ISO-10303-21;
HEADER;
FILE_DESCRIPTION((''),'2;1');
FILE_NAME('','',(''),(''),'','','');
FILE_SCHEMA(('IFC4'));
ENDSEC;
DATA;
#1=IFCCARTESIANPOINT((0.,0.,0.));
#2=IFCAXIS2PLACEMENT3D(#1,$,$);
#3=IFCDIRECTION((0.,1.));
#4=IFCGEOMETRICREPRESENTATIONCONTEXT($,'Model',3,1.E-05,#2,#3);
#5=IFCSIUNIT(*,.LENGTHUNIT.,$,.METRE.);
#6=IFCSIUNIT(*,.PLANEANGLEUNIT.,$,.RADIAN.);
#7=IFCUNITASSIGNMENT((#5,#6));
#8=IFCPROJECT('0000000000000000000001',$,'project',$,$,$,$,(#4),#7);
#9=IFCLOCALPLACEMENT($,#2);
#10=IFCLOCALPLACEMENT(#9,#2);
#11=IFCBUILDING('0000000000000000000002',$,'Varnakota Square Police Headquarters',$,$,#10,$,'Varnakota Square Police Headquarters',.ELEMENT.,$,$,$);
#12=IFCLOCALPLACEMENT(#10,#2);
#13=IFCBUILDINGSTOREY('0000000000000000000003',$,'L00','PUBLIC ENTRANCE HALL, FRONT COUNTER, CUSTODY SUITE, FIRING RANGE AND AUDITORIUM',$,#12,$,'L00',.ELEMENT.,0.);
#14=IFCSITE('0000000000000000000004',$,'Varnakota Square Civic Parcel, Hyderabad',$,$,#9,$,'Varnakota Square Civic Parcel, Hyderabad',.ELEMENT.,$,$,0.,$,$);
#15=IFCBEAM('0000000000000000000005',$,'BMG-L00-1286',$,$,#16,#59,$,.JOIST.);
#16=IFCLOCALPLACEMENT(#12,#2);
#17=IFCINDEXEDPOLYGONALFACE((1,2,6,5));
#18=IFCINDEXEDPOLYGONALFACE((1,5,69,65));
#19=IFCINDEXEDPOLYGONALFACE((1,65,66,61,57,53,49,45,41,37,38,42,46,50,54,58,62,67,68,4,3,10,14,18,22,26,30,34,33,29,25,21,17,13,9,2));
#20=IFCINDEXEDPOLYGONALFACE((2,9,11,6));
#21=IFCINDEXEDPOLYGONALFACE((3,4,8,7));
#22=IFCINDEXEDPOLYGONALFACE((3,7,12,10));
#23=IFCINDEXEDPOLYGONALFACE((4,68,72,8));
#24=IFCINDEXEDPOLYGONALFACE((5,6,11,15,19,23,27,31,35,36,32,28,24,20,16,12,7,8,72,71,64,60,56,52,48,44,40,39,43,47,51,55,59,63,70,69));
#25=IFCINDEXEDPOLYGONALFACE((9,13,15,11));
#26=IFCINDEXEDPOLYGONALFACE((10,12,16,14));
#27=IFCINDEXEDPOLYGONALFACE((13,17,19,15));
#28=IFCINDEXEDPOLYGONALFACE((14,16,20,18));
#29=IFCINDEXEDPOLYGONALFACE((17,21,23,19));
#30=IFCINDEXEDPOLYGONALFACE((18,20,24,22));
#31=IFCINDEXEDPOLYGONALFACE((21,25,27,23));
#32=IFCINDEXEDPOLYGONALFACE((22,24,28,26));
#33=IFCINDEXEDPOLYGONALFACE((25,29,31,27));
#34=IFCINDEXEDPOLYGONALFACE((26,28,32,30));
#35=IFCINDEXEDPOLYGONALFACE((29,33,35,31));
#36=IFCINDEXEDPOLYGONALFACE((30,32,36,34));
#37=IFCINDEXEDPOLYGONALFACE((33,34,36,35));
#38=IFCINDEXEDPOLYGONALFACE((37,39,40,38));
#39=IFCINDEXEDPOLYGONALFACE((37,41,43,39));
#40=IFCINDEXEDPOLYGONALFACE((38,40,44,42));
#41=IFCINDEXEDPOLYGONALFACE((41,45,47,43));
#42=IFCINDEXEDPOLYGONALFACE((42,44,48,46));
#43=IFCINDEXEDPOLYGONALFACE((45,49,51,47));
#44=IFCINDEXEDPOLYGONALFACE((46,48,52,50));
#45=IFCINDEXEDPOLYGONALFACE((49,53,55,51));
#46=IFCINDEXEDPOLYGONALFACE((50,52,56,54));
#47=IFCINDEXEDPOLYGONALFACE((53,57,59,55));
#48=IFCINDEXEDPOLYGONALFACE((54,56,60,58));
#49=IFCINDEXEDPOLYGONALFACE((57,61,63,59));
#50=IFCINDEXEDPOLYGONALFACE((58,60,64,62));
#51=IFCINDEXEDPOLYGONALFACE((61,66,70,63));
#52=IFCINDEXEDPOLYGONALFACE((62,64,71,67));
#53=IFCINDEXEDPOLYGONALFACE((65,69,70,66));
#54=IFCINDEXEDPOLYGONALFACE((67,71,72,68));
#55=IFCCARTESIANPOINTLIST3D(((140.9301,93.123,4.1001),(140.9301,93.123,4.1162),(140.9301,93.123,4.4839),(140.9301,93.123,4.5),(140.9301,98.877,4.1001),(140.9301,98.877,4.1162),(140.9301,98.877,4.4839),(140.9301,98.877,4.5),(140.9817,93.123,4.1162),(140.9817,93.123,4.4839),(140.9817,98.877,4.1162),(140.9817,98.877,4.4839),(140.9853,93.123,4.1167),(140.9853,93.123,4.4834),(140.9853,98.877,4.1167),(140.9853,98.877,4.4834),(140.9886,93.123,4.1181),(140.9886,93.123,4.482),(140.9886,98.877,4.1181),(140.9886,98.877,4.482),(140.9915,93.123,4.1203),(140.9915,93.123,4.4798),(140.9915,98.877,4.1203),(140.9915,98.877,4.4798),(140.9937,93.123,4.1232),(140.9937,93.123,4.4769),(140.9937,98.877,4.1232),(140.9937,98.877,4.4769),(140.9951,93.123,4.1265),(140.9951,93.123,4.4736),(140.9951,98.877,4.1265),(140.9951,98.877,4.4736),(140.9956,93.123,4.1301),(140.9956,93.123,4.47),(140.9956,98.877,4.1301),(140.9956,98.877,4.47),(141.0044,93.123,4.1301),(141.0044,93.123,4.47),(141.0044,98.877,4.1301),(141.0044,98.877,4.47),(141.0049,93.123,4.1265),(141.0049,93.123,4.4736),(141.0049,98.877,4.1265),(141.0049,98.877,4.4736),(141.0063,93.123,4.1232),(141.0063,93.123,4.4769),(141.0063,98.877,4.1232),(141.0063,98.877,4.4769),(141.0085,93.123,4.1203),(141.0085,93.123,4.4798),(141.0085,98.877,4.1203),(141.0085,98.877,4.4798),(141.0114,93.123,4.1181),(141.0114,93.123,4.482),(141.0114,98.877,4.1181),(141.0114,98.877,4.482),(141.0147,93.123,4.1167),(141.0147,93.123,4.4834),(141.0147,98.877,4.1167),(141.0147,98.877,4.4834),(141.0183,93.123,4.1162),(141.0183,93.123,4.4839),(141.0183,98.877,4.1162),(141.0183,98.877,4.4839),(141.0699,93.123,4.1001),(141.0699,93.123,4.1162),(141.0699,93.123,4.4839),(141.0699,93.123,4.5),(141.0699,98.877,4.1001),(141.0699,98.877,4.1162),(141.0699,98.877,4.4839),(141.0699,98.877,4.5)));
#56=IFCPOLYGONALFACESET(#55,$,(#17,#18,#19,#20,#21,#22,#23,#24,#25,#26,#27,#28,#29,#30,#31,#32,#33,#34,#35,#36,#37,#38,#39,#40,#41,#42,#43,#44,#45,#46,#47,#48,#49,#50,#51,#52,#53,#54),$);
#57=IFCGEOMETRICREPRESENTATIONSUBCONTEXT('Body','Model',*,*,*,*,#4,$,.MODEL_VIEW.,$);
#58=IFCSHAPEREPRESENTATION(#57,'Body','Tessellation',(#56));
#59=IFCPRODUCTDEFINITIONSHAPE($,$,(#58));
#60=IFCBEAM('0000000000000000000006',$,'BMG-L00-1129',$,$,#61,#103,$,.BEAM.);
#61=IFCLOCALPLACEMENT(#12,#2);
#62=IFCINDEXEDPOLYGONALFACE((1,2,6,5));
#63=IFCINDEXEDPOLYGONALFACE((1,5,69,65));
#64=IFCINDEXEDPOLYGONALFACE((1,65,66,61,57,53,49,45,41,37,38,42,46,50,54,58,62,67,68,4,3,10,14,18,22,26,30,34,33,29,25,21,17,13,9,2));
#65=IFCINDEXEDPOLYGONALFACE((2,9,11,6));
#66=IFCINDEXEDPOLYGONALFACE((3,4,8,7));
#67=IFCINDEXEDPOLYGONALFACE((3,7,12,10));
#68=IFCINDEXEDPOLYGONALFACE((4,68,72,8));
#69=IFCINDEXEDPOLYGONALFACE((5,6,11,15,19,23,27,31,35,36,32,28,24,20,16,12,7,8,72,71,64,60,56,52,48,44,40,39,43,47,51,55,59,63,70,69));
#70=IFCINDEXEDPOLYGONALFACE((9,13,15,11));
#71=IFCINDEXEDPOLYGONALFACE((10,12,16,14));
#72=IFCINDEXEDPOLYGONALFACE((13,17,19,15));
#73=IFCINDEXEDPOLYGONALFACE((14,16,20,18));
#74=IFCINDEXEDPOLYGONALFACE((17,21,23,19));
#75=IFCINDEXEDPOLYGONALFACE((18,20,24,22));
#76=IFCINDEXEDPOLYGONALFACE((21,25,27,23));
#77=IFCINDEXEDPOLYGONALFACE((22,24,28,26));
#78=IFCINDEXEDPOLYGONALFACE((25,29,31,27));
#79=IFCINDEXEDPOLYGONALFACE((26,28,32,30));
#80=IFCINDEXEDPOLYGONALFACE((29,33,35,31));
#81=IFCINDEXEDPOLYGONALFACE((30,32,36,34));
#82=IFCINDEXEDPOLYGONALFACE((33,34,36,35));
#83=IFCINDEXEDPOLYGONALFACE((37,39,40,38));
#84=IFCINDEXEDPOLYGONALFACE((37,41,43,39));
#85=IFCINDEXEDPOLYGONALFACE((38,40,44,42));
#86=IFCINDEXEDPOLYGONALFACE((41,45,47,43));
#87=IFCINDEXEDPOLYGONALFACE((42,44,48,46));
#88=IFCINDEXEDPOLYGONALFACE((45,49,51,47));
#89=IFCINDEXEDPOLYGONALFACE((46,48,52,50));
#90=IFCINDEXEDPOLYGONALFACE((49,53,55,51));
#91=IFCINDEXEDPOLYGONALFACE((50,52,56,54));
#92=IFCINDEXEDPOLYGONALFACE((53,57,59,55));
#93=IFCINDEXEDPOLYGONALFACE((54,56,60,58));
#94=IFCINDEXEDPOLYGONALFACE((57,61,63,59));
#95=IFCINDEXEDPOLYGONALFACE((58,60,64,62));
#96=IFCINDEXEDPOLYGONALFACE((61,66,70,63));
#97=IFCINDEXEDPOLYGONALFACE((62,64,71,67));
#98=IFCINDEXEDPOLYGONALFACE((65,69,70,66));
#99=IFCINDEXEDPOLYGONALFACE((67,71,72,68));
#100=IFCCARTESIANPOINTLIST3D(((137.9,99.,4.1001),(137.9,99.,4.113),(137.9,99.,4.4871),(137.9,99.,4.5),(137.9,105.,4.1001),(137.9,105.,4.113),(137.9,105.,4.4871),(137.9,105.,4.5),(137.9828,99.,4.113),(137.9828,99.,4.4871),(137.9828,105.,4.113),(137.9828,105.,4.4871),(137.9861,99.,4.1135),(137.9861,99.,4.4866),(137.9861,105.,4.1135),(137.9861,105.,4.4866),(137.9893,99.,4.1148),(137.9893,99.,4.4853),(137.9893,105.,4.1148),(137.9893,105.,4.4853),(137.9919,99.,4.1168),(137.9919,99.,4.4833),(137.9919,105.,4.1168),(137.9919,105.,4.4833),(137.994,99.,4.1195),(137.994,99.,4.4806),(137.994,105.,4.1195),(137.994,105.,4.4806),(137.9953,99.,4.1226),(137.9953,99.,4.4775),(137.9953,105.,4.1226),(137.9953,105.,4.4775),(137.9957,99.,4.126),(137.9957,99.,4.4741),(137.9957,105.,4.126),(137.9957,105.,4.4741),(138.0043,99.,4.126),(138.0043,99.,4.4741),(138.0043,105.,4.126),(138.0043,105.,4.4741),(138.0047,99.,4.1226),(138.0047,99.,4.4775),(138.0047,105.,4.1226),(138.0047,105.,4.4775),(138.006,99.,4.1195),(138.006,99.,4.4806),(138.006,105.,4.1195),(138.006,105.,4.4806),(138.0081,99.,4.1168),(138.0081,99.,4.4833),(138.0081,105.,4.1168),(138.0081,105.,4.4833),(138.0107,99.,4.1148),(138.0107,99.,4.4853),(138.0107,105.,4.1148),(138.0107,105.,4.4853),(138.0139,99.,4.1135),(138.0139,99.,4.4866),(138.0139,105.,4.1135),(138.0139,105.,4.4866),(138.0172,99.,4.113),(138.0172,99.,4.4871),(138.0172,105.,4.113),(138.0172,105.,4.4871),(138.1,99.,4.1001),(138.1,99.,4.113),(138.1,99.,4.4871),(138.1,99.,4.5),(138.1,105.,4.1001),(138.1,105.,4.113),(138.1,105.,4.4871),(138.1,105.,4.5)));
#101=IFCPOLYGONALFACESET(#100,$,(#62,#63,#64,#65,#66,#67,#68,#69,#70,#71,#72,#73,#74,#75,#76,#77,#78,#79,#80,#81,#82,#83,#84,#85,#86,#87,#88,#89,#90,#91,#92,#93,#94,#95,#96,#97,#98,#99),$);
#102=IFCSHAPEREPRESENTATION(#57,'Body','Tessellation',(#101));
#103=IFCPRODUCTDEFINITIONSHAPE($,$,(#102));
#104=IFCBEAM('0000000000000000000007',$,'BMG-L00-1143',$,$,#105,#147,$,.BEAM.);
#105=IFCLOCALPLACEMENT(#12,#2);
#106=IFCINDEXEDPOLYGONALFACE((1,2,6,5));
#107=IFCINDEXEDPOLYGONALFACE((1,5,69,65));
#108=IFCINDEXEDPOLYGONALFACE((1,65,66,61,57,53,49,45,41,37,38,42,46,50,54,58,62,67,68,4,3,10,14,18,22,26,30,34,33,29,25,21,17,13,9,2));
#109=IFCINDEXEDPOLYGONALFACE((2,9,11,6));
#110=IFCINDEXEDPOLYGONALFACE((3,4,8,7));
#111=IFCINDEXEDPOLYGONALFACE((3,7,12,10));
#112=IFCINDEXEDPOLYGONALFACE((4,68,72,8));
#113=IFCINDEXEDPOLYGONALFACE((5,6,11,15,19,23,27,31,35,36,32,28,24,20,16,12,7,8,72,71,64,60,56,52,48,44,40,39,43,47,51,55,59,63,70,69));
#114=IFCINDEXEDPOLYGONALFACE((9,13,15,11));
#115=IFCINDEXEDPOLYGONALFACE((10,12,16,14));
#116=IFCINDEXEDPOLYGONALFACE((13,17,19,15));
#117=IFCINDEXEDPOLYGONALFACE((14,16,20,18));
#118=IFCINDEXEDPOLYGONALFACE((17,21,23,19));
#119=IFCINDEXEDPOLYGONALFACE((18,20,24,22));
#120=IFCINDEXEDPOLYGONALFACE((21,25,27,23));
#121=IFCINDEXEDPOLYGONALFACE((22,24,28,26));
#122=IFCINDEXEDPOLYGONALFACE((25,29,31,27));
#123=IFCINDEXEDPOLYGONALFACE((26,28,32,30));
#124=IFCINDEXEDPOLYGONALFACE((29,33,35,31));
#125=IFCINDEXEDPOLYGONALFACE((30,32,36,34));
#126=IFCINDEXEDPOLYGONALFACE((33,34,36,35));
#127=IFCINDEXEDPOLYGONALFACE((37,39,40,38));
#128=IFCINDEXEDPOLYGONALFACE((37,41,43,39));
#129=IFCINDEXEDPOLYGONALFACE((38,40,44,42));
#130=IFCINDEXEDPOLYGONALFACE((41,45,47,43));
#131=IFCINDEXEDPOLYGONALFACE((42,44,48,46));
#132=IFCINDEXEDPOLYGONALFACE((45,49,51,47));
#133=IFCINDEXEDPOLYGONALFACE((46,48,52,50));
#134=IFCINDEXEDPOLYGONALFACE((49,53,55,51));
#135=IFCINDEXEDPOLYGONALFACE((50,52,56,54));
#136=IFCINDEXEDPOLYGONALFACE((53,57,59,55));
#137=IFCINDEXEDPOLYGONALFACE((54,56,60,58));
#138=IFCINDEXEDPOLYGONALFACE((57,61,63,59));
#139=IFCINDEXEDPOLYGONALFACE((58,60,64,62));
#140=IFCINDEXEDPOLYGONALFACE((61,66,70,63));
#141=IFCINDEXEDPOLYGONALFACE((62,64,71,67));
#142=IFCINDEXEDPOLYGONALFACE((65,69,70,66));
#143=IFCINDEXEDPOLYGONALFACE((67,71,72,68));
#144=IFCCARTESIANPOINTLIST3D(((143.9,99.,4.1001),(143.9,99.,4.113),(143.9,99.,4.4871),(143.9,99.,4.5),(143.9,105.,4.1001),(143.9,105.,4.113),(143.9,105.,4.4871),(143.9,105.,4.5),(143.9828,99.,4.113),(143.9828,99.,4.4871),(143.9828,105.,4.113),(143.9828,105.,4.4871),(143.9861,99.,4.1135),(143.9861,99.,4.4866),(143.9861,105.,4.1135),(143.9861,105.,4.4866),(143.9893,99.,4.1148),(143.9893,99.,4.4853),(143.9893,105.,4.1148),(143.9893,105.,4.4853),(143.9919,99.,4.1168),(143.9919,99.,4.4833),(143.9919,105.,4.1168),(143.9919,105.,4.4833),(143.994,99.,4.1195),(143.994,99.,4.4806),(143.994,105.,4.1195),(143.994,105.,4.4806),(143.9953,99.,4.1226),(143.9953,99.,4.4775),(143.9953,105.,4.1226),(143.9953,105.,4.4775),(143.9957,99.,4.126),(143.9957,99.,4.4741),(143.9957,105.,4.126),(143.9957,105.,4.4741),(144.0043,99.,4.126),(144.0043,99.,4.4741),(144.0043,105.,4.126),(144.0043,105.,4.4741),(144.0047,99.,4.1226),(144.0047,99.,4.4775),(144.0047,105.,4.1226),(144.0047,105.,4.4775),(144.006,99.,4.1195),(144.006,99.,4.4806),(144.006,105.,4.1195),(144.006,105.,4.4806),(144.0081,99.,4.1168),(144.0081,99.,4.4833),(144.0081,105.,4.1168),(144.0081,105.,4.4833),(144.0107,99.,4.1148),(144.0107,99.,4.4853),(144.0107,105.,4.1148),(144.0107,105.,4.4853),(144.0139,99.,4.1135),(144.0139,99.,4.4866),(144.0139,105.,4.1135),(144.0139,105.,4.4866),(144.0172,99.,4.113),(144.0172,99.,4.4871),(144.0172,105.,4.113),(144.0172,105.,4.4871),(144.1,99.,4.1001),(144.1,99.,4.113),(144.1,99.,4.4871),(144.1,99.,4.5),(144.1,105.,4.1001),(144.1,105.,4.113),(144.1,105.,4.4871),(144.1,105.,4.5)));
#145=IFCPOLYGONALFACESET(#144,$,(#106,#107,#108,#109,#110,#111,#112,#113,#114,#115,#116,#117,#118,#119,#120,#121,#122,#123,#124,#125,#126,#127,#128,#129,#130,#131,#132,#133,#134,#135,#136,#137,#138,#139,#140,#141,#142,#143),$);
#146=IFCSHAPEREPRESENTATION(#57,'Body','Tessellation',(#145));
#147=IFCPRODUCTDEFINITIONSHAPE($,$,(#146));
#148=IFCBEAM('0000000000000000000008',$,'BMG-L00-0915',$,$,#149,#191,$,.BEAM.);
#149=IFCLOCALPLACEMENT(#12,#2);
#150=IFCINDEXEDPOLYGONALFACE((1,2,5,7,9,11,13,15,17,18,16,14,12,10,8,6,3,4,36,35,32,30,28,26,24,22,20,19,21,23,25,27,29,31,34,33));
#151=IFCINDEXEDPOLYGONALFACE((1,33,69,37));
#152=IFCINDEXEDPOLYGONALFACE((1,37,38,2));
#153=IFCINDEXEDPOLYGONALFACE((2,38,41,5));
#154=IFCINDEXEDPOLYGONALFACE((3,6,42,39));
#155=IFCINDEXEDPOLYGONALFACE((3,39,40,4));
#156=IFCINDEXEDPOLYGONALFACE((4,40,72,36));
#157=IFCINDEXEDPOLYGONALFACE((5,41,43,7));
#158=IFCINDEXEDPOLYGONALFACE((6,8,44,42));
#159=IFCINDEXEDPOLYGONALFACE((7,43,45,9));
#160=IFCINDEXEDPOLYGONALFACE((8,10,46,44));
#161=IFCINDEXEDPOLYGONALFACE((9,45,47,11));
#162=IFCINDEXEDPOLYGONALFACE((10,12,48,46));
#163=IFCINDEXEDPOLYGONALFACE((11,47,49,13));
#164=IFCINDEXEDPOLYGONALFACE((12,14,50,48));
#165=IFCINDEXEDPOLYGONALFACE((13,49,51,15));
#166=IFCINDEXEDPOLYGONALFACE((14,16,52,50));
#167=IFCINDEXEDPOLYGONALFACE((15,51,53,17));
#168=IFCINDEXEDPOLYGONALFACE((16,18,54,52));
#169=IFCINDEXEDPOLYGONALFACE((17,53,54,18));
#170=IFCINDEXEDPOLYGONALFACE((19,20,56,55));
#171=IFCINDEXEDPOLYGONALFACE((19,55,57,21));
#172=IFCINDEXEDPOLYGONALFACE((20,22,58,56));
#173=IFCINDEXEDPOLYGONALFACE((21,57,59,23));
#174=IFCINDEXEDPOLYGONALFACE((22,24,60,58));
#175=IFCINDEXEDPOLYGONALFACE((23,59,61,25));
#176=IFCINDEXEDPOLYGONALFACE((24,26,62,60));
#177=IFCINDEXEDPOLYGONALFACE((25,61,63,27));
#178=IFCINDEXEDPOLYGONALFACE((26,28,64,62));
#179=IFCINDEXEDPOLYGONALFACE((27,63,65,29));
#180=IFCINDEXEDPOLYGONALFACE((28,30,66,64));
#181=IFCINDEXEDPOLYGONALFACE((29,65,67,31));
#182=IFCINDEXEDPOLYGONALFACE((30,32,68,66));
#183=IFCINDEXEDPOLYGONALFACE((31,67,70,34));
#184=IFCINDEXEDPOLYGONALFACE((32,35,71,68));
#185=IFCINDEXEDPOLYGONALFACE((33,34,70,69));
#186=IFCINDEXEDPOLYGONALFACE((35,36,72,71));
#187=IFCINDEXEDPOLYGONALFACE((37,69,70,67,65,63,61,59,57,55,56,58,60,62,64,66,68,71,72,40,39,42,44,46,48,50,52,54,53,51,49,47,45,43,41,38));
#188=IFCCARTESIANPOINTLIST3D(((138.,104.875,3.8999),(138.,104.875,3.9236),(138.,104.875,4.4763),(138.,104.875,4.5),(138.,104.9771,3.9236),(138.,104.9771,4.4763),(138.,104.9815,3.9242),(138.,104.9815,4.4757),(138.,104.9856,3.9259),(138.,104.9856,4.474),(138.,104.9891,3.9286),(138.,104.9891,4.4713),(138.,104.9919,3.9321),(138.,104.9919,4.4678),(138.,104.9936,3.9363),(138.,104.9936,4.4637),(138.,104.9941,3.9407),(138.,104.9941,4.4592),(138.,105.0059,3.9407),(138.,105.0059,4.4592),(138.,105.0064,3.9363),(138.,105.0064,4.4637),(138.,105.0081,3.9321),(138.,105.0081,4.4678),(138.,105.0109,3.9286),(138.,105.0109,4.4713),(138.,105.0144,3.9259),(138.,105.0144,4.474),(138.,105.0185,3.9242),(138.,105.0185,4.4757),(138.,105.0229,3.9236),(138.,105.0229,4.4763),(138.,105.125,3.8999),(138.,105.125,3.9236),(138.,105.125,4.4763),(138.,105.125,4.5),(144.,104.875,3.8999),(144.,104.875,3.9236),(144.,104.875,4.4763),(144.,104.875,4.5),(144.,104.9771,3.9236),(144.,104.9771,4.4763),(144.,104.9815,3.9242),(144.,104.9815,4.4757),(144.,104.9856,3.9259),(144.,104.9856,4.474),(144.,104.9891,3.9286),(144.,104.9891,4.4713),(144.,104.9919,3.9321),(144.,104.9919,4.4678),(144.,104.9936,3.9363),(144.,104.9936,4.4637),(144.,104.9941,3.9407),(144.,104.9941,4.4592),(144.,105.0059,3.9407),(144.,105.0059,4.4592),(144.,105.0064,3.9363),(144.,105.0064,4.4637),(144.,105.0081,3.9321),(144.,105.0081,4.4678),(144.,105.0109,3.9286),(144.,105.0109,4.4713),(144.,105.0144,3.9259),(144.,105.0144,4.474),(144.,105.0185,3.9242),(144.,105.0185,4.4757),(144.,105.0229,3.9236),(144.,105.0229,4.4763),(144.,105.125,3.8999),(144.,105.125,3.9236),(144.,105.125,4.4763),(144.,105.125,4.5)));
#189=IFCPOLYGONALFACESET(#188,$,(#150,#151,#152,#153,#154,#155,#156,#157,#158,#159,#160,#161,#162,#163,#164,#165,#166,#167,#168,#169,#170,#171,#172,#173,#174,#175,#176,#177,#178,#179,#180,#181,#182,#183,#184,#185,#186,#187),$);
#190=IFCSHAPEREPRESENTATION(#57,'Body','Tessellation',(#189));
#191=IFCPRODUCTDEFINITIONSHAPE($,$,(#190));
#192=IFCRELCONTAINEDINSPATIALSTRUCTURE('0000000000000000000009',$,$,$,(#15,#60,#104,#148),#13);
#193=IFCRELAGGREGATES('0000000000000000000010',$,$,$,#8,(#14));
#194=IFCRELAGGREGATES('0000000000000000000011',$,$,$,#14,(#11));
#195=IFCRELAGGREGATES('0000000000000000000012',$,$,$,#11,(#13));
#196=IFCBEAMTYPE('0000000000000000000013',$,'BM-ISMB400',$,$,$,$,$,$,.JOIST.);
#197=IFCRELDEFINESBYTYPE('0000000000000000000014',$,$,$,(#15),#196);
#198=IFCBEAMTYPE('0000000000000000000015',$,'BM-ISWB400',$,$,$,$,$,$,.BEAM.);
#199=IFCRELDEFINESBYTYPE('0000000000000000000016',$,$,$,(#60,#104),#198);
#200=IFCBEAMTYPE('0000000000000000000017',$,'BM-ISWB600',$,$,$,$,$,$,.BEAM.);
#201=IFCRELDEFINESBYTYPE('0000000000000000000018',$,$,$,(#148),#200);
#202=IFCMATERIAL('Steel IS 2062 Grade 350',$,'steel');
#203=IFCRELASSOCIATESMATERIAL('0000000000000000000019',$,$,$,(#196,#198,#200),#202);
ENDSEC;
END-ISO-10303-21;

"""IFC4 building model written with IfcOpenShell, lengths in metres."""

from ifc_helpers import new_model, si_unit, direction, frame, origin, origin_2d, place, context, subcontext, project, spatial, i_section, extrude, material, material_profile, profile_set, type_object, element, save


model = new_model("IFC4")

# Units and contexts
model_context = context("Model", 3, precision=1e-05, world=origin(), true_north=direction((0.0, 1.0)))
body_context = subcontext(model_context, "Body", "Model", "MODEL_VIEW")
ifc_project = project(units=[si_unit("LENGTHUNIT", "METRE"), si_unit("PLANEANGLEUNIT", "RADIAN")], contexts=[model_context])

# Site, building, storey
site_placement = place(None, origin())
site = spatial("IfcSite", under=ifc_project, at=site_placement, Name="Varnakota Square Civic Parcel, Hyderabad", LongName="Varnakota Square Civic Parcel, Hyderabad", CompositionType="ELEMENT", RefElevation=0.0)
building_placement = place(site_placement, origin())
building = spatial("IfcBuilding", under=site, at=building_placement, Name="Varnakota Square Police Headquarters", LongName="Varnakota Square Police Headquarters", CompositionType="ELEMENT")
storey_placement = place(building_placement, origin())
storey = spatial("IfcBuildingStorey", under=building, at=storey_placement, Name="L00", Description="PUBLIC ENTRANCE HALL, FRONT COUNTER, CUSTODY SUITE, FIRING RANGE AND AUDITORIUM", LongName="L00", CompositionType="ELEMENT", Elevation=0.0)

# Beams
ifc_material_1 = material(Name="Steel IS 2062 Grade 350", Category="steel")
ifc_material_profile_1 = material_profile(ifc_material_1, i_section(OverallWidth=0.1399, OverallDepth=0.3999, WebThickness=0.0088, FlangeThickness=0.0161, FilletRadius=0.0139, at=origin_2d()), Name="ISMB 400")
ifc_profile_set_1 = profile_set([ifc_material_profile_1], Name="Steel IS 2062 Grade 350")
beam_type_1 = type_object("IfcBeamType", Name="BM-ISMB400", PredefinedType="JOIST", material=ifc_profile_set_1)
beam_1_placement = place(storey_placement, frame((141.0, 93.123, 4.3), z_axis=(0.0, 1.0, 0.0), x_axis=(-1.0, 0.0, 0.0)))
element("IfcBeam", 1, at=beam_1_placement, inside=storey, type_object=beam_type_1, Name="BMG-L00-1286", PredefinedType="JOIST", context=body_context, shape_type="SweptSolid", body=[
    extrude(i_section(OverallWidth=0.1399, OverallDepth=0.3999, WebThickness=0.0088, FlangeThickness=0.0161, FilletRadius=0.0139, at=origin_2d()), origin(), (0.0, 0.0, 1.0), 5.7539),
])
ifc_material_profile_2 = material_profile(ifc_material_1, i_section(OverallWidth=0.2, OverallDepth=0.3999, WebThickness=0.0085, FlangeThickness=0.0129, FilletRadius=0.0129, at=origin_2d()), Name="ISWB 400")
ifc_profile_set_2 = profile_set([ifc_material_profile_2], Name="Steel IS 2062 Grade 350")
beam_type_2 = type_object("IfcBeamType", Name="BM-ISWB400", PredefinedType="BEAM", material=ifc_profile_set_2)
for number, where, z_axis, x_axis, name in (
    (2, (138.0, 99.0, 4.3), (0.0, 1.0, 0.0), (-1.0, 0.0, 0.0), "BMG-L00-1129"),
    (3, (144.0, 99.0, 4.3), (0.0, 1.0, 0.0), (-1.0, 0.0, 0.0), "BMG-L00-1143"),
):
    element("IfcBeam", number, at=place(storey_placement, frame(where, z_axis=z_axis, x_axis=x_axis)), inside=storey, type_object=beam_type_2, Name=name, PredefinedType="BEAM", context=body_context, shape_type="SweptSolid", body=[
        extrude(i_section(OverallWidth=0.2, OverallDepth=0.3999, WebThickness=0.0085, FlangeThickness=0.0129, FilletRadius=0.0129, at=origin_2d()), origin(), (0.0, 0.0, 1.0), 6.0),
    ])
ifc_material_profile_3 = material_profile(ifc_material_1, i_section(OverallWidth=0.25, OverallDepth=0.6001, WebThickness=0.0117, FlangeThickness=0.0237, FilletRadius=0.0171, at=origin_2d()), Name="ISWB 600")
ifc_profile_set_3 = profile_set([ifc_material_profile_3], Name="Steel IS 2062 Grade 350")
beam_type_3 = type_object("IfcBeamType", Name="BM-ISWB600", PredefinedType="BEAM", material=ifc_profile_set_3)
beam_2_placement = place(storey_placement, frame((138.0, 105.0, 4.2), z_axis=(1.0, 0.0, 0.0), x_axis=(0.0, 1.0, 0.0)))
element("IfcBeam", 4, at=beam_2_placement, inside=storey, type_object=beam_type_3, Name="BMG-L00-0915", PredefinedType="BEAM", context=body_context, shape_type="SweptSolid", body=[
    extrude(i_section(OverallWidth=0.25, OverallDepth=0.6001, WebThickness=0.0117, FlangeThickness=0.0237, FilletRadius=0.0171, at=origin_2d()), origin(), (0.0, 0.0, 1.0), 6.0),
])

save(model, "model.ifc")
